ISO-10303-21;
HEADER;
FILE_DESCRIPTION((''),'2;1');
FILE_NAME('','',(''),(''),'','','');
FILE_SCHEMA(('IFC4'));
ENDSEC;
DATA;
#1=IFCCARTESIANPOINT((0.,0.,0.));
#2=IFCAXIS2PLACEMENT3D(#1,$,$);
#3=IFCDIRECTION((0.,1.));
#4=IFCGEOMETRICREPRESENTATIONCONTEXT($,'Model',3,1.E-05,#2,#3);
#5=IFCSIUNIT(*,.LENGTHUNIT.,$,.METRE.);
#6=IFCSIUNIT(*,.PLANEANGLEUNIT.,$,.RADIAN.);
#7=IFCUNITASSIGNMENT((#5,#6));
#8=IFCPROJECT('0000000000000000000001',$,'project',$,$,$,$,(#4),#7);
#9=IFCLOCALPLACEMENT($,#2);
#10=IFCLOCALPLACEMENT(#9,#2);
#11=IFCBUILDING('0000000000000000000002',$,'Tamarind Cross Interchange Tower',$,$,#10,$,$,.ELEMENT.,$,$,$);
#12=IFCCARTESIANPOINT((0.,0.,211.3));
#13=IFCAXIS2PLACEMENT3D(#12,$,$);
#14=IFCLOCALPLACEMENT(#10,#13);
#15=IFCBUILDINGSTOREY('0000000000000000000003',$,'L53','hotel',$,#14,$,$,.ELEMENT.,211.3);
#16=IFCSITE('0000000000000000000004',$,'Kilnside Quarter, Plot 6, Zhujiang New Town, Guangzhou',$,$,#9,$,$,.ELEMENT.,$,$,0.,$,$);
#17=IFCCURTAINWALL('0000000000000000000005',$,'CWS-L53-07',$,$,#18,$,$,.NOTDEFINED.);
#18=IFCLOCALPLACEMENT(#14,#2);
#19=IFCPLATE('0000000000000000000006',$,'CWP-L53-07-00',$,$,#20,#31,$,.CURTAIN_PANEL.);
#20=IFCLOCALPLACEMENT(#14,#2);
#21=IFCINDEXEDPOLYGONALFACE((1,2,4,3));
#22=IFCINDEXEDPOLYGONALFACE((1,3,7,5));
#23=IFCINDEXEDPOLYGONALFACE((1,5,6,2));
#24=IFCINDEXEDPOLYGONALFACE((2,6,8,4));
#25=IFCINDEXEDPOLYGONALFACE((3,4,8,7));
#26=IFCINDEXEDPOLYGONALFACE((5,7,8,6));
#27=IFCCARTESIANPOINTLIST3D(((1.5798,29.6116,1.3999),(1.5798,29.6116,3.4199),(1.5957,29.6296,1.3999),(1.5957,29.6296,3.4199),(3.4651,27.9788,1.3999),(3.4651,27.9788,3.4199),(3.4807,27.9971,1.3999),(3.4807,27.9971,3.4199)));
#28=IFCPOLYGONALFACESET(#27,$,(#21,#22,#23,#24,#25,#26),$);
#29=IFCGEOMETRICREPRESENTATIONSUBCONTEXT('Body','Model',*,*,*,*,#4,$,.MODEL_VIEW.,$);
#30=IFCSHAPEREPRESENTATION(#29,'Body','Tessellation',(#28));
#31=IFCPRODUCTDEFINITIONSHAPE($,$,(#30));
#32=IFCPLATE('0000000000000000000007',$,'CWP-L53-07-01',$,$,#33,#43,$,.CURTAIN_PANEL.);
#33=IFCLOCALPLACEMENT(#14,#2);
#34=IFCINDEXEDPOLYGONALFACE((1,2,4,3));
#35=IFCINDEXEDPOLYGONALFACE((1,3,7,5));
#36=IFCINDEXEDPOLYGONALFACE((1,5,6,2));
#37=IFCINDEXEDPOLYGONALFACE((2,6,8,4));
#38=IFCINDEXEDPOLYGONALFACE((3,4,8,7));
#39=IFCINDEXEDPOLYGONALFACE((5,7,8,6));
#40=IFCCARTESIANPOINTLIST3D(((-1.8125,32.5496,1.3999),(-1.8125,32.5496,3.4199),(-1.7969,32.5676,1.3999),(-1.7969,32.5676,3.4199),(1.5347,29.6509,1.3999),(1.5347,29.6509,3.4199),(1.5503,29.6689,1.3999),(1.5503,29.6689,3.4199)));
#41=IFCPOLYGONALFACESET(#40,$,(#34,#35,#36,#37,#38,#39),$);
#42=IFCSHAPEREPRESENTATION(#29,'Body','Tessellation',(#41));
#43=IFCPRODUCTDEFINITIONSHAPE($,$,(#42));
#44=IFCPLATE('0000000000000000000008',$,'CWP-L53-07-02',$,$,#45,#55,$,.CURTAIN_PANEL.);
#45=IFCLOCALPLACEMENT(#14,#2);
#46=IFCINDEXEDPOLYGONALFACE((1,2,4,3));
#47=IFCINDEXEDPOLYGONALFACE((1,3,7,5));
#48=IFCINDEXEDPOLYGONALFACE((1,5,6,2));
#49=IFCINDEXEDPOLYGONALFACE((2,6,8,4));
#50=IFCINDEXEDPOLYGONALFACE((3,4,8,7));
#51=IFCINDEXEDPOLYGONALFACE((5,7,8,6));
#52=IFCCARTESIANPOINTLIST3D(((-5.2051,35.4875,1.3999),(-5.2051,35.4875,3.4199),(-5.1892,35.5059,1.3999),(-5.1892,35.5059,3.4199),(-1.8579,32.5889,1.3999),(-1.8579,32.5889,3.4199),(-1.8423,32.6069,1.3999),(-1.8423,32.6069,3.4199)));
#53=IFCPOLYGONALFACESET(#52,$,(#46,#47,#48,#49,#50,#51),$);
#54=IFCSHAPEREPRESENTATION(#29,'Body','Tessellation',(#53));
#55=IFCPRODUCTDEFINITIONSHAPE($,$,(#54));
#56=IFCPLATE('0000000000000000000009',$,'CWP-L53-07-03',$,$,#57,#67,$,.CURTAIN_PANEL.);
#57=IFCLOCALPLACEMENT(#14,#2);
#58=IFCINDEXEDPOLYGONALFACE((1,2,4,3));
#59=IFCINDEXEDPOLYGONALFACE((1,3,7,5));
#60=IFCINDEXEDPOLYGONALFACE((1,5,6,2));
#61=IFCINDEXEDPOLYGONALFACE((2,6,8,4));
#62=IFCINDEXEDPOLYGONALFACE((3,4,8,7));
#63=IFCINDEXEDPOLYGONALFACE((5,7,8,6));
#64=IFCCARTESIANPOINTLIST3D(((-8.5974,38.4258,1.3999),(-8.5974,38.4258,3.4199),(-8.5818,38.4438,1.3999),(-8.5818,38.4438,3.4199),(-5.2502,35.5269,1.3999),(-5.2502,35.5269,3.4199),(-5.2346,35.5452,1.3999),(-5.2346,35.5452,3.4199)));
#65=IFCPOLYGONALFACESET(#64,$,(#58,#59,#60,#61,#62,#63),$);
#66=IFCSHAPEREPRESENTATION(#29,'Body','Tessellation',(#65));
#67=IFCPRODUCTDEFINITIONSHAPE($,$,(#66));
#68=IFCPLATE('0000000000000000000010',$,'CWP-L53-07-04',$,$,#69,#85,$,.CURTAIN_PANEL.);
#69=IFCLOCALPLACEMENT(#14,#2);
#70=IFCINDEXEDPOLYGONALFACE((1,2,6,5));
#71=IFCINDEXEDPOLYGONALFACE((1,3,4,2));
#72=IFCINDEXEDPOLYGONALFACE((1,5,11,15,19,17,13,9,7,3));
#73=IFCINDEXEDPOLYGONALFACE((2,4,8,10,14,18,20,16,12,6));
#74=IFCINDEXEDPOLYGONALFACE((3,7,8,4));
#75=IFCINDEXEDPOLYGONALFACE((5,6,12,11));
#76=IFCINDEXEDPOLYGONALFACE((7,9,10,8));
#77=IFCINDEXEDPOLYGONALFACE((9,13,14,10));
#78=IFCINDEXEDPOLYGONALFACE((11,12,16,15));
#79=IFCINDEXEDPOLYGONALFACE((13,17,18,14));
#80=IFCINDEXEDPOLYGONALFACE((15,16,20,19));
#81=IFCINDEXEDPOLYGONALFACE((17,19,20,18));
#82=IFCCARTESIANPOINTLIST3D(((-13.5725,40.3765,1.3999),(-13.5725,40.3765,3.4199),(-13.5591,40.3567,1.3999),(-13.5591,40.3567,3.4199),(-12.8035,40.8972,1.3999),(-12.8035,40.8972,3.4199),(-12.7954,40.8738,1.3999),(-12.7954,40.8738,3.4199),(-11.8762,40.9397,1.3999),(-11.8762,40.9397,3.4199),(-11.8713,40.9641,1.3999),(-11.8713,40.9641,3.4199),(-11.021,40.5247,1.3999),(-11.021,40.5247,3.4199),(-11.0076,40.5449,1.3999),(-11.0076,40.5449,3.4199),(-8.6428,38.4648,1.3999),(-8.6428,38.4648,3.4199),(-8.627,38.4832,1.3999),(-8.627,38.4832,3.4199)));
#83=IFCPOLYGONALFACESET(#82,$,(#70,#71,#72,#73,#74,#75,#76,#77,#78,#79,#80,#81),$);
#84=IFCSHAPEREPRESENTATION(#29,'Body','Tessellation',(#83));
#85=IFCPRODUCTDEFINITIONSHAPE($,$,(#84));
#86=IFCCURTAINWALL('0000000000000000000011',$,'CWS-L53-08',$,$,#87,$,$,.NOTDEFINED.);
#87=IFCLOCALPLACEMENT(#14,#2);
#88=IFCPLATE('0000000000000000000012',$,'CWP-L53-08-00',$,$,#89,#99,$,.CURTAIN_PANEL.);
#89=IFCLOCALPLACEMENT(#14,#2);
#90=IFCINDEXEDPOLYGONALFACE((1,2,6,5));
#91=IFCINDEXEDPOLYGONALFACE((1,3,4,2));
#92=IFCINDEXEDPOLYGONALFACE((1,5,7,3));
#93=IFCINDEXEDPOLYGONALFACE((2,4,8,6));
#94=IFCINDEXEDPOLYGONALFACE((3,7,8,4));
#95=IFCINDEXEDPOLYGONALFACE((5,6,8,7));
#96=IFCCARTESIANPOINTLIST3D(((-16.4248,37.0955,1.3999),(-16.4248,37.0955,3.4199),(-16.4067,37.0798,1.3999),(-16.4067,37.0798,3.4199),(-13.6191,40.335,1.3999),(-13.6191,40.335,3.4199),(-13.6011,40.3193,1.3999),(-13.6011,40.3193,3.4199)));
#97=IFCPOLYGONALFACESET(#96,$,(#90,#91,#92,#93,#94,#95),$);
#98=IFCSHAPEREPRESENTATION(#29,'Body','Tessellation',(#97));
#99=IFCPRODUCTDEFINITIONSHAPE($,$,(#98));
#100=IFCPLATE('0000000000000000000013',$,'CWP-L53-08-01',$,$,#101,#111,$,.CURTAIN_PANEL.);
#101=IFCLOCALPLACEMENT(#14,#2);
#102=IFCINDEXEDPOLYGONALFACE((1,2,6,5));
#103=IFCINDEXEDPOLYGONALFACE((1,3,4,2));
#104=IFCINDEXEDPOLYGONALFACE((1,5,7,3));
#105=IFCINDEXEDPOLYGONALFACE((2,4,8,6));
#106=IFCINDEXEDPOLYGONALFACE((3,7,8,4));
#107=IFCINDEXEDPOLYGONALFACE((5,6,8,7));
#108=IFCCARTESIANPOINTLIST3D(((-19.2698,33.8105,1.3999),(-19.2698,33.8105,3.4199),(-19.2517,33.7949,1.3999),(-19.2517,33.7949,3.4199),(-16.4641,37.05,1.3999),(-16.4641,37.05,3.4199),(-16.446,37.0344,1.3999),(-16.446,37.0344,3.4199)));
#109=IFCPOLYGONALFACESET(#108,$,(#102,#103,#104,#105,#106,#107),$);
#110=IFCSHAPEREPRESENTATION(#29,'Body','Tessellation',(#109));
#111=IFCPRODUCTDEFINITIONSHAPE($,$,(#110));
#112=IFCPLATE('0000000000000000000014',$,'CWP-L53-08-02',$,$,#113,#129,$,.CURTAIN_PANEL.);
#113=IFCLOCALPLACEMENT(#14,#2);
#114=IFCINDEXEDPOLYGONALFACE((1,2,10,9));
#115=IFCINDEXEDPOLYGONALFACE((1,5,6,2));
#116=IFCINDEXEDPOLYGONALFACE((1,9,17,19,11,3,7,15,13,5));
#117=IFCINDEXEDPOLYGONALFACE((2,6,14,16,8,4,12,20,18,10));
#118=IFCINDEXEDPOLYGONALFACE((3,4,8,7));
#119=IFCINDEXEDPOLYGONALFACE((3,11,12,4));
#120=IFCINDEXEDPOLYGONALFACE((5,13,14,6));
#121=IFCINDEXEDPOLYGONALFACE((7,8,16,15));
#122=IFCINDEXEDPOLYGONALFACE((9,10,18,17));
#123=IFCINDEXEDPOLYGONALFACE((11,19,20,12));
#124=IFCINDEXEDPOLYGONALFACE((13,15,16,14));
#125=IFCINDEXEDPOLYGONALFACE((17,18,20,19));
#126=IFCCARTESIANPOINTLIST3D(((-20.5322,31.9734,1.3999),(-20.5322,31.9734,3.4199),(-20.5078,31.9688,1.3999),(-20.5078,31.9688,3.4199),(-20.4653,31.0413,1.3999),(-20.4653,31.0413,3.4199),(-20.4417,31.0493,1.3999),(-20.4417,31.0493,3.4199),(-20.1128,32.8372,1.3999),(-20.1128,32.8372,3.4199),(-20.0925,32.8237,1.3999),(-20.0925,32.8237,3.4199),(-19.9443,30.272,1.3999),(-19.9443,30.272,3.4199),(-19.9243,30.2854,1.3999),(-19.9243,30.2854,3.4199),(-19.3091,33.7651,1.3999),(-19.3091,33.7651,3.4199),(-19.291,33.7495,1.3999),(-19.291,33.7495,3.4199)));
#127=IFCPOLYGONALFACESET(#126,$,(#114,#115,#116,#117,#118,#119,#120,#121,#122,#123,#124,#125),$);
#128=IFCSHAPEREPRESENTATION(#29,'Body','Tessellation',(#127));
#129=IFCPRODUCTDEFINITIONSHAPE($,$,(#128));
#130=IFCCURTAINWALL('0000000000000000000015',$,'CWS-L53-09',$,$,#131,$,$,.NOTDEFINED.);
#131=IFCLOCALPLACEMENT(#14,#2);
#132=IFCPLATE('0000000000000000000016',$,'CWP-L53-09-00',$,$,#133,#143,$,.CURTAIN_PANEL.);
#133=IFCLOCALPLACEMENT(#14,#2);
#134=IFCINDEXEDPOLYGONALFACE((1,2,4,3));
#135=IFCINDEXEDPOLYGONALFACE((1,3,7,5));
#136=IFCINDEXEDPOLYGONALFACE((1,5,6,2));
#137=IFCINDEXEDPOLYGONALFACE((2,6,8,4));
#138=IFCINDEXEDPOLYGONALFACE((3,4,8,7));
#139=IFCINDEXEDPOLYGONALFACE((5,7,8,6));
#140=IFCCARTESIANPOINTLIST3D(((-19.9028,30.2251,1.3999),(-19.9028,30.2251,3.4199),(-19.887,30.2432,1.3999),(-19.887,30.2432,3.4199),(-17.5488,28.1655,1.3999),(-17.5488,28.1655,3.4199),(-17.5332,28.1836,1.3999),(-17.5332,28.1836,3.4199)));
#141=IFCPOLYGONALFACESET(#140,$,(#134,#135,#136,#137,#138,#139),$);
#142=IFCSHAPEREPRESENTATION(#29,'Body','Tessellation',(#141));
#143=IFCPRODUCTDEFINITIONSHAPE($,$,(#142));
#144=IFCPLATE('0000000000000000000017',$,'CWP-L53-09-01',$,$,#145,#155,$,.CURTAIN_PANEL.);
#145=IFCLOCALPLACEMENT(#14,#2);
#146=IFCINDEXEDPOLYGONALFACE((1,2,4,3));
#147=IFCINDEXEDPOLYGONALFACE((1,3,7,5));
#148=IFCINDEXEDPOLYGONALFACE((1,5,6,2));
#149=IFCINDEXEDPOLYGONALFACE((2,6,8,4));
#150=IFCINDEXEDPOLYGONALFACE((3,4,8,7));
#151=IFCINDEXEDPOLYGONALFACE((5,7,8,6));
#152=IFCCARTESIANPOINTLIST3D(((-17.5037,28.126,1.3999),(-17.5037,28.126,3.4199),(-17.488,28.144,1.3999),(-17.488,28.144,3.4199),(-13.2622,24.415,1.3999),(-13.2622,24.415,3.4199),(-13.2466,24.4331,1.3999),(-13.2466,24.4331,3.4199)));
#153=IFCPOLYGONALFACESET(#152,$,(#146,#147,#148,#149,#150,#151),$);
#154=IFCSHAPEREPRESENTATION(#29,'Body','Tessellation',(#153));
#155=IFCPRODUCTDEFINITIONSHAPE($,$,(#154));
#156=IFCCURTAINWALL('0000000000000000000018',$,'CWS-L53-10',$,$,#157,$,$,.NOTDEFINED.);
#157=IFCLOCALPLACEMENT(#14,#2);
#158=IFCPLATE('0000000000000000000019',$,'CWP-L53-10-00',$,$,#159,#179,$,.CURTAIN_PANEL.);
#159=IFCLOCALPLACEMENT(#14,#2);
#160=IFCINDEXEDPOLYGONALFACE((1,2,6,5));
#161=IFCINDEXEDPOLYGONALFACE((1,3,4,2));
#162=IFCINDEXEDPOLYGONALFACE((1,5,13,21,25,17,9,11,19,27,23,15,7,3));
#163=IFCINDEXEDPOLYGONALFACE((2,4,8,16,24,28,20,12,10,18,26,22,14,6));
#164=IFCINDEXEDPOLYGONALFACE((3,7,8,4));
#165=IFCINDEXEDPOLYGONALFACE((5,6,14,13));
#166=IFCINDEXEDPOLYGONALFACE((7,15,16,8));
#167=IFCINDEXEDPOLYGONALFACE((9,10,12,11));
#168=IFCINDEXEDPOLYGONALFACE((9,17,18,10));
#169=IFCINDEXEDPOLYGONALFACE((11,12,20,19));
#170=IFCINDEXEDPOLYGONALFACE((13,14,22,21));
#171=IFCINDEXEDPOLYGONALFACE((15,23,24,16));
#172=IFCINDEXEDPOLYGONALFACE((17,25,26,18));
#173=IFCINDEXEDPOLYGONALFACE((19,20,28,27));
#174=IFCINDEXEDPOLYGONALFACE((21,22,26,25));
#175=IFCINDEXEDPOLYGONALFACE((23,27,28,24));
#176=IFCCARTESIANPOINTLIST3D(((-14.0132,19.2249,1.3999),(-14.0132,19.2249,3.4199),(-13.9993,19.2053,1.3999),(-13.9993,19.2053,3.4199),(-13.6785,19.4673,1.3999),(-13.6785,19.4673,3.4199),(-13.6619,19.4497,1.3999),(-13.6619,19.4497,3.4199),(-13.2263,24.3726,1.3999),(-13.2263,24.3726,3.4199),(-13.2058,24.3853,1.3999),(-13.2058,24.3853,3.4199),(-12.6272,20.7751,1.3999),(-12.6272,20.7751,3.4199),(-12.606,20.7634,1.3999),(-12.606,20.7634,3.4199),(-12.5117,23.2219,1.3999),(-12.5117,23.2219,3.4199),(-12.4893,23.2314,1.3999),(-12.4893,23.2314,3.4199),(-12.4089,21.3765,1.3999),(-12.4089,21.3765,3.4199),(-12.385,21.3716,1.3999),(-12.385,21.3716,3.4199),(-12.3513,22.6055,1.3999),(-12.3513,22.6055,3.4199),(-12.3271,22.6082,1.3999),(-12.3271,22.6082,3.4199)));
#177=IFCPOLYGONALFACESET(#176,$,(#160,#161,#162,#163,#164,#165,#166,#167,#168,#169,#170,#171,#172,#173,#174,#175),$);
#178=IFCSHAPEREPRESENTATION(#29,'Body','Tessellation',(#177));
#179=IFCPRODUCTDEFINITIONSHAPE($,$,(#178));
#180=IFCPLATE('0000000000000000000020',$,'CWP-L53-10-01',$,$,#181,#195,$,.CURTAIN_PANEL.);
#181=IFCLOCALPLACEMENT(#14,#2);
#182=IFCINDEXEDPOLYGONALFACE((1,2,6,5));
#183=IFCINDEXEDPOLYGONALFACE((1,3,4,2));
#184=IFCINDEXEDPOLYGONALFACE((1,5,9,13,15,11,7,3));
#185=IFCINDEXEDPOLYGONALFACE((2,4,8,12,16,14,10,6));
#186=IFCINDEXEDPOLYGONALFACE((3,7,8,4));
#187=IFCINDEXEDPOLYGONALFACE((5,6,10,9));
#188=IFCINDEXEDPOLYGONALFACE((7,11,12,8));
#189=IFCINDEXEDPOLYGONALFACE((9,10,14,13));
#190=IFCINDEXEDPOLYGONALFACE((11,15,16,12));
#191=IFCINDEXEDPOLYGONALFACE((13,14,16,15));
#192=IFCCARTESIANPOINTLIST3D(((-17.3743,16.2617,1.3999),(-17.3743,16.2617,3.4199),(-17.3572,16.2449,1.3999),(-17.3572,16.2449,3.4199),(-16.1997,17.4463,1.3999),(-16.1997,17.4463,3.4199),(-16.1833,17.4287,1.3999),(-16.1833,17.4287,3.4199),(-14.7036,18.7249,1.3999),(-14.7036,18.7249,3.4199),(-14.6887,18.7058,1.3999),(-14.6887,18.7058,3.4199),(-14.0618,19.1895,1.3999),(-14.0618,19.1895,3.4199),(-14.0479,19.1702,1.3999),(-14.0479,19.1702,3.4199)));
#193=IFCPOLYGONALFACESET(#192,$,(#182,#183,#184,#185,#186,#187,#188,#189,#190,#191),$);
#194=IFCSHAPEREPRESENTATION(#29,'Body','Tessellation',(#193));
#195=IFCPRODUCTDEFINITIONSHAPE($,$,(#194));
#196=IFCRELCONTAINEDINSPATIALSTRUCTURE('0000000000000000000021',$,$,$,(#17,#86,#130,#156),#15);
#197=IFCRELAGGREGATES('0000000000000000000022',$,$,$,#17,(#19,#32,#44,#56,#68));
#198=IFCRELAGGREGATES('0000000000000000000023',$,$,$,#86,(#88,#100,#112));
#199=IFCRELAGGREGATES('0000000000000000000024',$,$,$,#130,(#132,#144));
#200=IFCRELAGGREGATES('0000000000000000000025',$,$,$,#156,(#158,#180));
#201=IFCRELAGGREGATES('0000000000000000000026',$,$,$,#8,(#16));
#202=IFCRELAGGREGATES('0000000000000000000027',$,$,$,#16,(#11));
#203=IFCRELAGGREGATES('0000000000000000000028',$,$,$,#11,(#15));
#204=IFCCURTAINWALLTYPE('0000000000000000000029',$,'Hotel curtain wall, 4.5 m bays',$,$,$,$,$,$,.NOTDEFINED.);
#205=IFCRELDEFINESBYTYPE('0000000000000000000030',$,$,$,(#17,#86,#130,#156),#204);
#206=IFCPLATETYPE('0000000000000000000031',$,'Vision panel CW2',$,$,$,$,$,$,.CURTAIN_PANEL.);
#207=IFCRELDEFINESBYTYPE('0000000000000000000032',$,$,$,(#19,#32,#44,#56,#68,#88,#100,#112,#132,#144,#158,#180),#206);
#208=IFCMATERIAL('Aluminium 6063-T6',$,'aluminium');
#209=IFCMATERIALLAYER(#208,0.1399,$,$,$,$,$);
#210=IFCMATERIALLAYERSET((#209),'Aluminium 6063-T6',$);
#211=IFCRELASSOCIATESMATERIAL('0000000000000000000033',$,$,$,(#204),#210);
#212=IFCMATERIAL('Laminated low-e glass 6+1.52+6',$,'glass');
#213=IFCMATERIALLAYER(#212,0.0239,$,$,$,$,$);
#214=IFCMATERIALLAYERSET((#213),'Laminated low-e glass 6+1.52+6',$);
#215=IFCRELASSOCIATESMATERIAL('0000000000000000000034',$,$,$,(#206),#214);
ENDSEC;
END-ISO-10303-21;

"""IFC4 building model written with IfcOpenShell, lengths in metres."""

from ifc_helpers import new_model, si_unit, direction, frame, origin, place, context, subcontext, project, spatial, polyline, outline, extrude, material, layer, layer_set, type_object, element, aggregate, save


model = new_model("IFC4")

# Units and contexts
model_context = context("Model", 3, precision=1e-05, world=origin(), true_north=direction((0.0, 1.0)))
body_context = subcontext(model_context, "Body", "Model", "MODEL_VIEW")
ifc_project = project(units=[si_unit("LENGTHUNIT", "METRE"), si_unit("PLANEANGLEUNIT", "RADIAN")], contexts=[model_context])

# Site, building, storey
site_placement = place(None, origin())
site = spatial("IfcSite", under=ifc_project, at=site_placement, Name="Kilnside Quarter, Plot 6, Zhujiang New Town, Guangzhou", CompositionType="ELEMENT", RefElevation=0.0)
building_placement = place(site_placement, origin())
building = spatial("IfcBuilding", under=site, at=building_placement, Name="Tamarind Cross Interchange Tower", CompositionType="ELEMENT")
storey_placement = place(building_placement, frame((0.0, 0.0, 211.3)))
storey = spatial("IfcBuildingStorey", under=building, at=storey_placement, Name="L53", Description="hotel", CompositionType="ELEMENT", Elevation=211.3)

# Curtain walls, plates
ifc_material_1 = material(Name="Aluminium 6063-T6", Category="aluminium")
ifc_layer_1 = layer(ifc_material_1, 0.1399)
ifc_layer_set_1 = layer_set([ifc_layer_1], Name="Aluminium 6063-T6")
curtain_wall_type = type_object("IfcCurtainWallType", Name="Hotel curtain wall, 4.5 m bays", PredefinedType="NOTDEFINED", material=ifc_layer_set_1)
ifc_material_2 = material(Name="Laminated low-e glass 6+1.52+6", Category="glass")
ifc_layer_2 = layer(ifc_material_2, 0.0239)
ifc_layer_set_2 = layer_set([ifc_layer_2], Name="Laminated low-e glass 6+1.52+6")
plate_type = type_object("IfcPlateType", Name="Vision panel CW2", PredefinedType="CURTAIN_PANEL", material=ifc_layer_set_2)
curtain_wall_1_placement = place(storey_placement, origin())
curtain_wall_1 = element("IfcCurtainWall", 1, at=curtain_wall_1_placement, inside=storey, type_object=curtain_wall_type, Name="CWS-L53-07", PredefinedType="NOTDEFINED")
plate_1_placement = place(storey_placement, frame((0.0, 0.0, 1.3999)))
plate_1 = element("IfcPlate", 2, at=plate_1_placement, type_object=plate_type, Name="CWP-L53-07-00", PredefinedType="CURTAIN_PANEL", context=body_context, shape_type="SweptSolid", body=[
    extrude(outline(polyline([(3.4651, 27.9788), (1.5798, 29.6116), (1.5957, 29.6296), (3.4807, 27.9971), (3.4651, 27.9788)])), origin(), (0.0, 0.0, 1.0), 2.02),
])
plate_2_placement = place(storey_placement, frame((0.0, 0.0, 1.3999)))
plate_2 = element("IfcPlate", 3, at=plate_2_placement, type_object=plate_type, Name="CWP-L53-07-01", PredefinedType="CURTAIN_PANEL", context=body_context, shape_type="SweptSolid", body=[
    extrude(outline(polyline([(1.5347, 29.6509), (-1.8125, 32.5496), (-1.7969, 32.5676), (1.5503, 29.6689), (1.5347, 29.6509)])), origin(), (0.0, 0.0, 1.0), 2.02),
])
plate_3_placement = place(storey_placement, frame((0.0, 0.0, 1.3999)))
plate_3 = element("IfcPlate", 4, at=plate_3_placement, type_object=plate_type, Name="CWP-L53-07-02", PredefinedType="CURTAIN_PANEL", context=body_context, shape_type="SweptSolid", body=[
    extrude(outline(polyline([(-1.8579, 32.5889), (-5.2051, 35.4875), (-5.1892, 35.5059), (-1.8423, 32.6069), (-1.8579, 32.5889)])), origin(), (0.0, 0.0, 1.0), 2.02),
])
plate_4_placement = place(storey_placement, frame((0.0, 0.0, 1.3999)))
plate_4 = element("IfcPlate", 5, at=plate_4_placement, type_object=plate_type, Name="CWP-L53-07-03", PredefinedType="CURTAIN_PANEL", context=body_context, shape_type="SweptSolid", body=[
    extrude(outline(polyline([(-5.2502, 35.5269), (-8.5974, 38.4258), (-8.5818, 38.4438), (-5.2346, 35.5452), (-5.2502, 35.5269)])), origin(), (0.0, 0.0, 1.0), 2.02),
])
plate_5_placement = place(storey_placement, frame((0.0, 0.0, 1.3999)))
plate_5 = element("IfcPlate", 6, at=plate_5_placement, type_object=plate_type, Name="CWP-L53-07-04", PredefinedType="CURTAIN_PANEL", context=body_context, shape_type="SweptSolid", body=[
    extrude(outline(polyline([(-8.6428, 38.4648), (-11.021, 40.5247), (-11.8762, 40.9397), (-12.7954, 40.8738), (-13.5591, 40.3567), (-13.5725, 40.3765), (-12.8035, 40.8972), (-11.8713, 40.9641), (-11.0076, 40.5449), (-8.627, 38.4832), (-8.6428, 38.4648)])), origin(), (0.0, 0.0, 1.0), 2.02),
])
aggregate(curtain_wall_1, [plate_1, plate_2, plate_3, plate_4, plate_5])
curtain_wall_2_placement = place(storey_placement, origin())
curtain_wall_2 = element("IfcCurtainWall", 7, at=curtain_wall_2_placement, inside=storey, type_object=curtain_wall_type, Name="CWS-L53-08", PredefinedType="NOTDEFINED")
plate_6_placement = place(storey_placement, frame((0.0, 0.0, 1.3999)))
plate_6 = element("IfcPlate", 8, at=plate_6_placement, type_object=plate_type, Name="CWP-L53-08-00", PredefinedType="CURTAIN_PANEL", context=body_context, shape_type="SweptSolid", body=[
    extrude(outline(polyline([(-13.6011, 40.3193), (-16.4067, 37.0798), (-16.4248, 37.0955), (-13.6191, 40.335), (-13.6011, 40.3193)])), origin(), (0.0, 0.0, 1.0), 2.02),
])
plate_7_placement = place(storey_placement, frame((0.0, 0.0, 1.3999)))
plate_7 = element("IfcPlate", 9, at=plate_7_placement, type_object=plate_type, Name="CWP-L53-08-01", PredefinedType="CURTAIN_PANEL", context=body_context, shape_type="SweptSolid", body=[
    extrude(outline(polyline([(-16.446, 37.0344), (-19.2517, 33.7949), (-19.2698, 33.8105), (-16.4641, 37.05), (-16.446, 37.0344)])), origin(), (0.0, 0.0, 1.0), 2.02),
])
plate_8_placement = place(storey_placement, frame((0.0, 0.0, 1.3999)))
plate_8 = element("IfcPlate", 10, at=plate_8_placement, type_object=plate_type, Name="CWP-L53-08-02", PredefinedType="CURTAIN_PANEL", context=body_context, shape_type="SweptSolid", body=[
    extrude(outline(polyline([(-19.291, 33.7495), (-20.0925, 32.8237), (-20.5078, 31.9688), (-20.4417, 31.0493), (-19.9243, 30.2854), (-19.9443, 30.272), (-20.4653, 31.0413), (-20.5322, 31.9734), (-20.1128, 32.8372), (-19.3091, 33.7651), (-19.291, 33.7495)])), origin(), (0.0, 0.0, 1.0), 2.02),
])
aggregate(curtain_wall_2, [plate_6, plate_7, plate_8])
curtain_wall_3_placement = place(storey_placement, origin())
curtain_wall_3 = element("IfcCurtainWall", 11, at=curtain_wall_3_placement, inside=storey, type_object=curtain_wall_type, Name="CWS-L53-09", PredefinedType="NOTDEFINED")
plate_9_placement = place(storey_placement, frame((0.0, 0.0, 1.3999)))
plate_9 = element("IfcPlate", 12, at=plate_9_placement, type_object=plate_type, Name="CWP-L53-09-00", PredefinedType="CURTAIN_PANEL", context=body_context, shape_type="SweptSolid", body=[
    extrude(outline(polyline([(-19.887, 30.2432), (-17.5332, 28.1836), (-17.5488, 28.1655), (-19.9028, 30.2251), (-19.887, 30.2432)])), origin(), (0.0, 0.0, 1.0), 2.02),
])
plate_10_placement = place(storey_placement, frame((0.0, 0.0, 1.3999)))
plate_10 = element("IfcPlate", 13, at=plate_10_placement, type_object=plate_type, Name="CWP-L53-09-01", PredefinedType="CURTAIN_PANEL", context=body_context, shape_type="SweptSolid", body=[
    extrude(outline(polyline([(-17.488, 28.144), (-13.2466, 24.4331), (-13.2622, 24.415), (-17.5037, 28.126), (-17.488, 28.144)])), origin(), (0.0, 0.0, 1.0), 2.02),
])
aggregate(curtain_wall_3, [plate_9, plate_10])
curtain_wall_4_placement = place(storey_placement, origin())
curtain_wall_4 = element("IfcCurtainWall", 14, at=curtain_wall_4_placement, inside=storey, type_object=curtain_wall_type, Name="CWS-L53-10", PredefinedType="NOTDEFINED")
plate_11_placement = place(storey_placement, frame((0.0, 0.0, 1.3999)))
plate_11 = element("IfcPlate", 15, at=plate_11_placement, type_object=plate_type, Name="CWP-L53-10-00", PredefinedType="CURTAIN_PANEL", context=body_context, shape_type="SweptSolid", body=[
    extrude(outline(polyline([(-13.2058, 24.3853), (-12.4893, 23.2314), (-12.3271, 22.6082), (-12.385, 21.3716), (-12.606, 20.7634), (-13.6619, 19.4497), (-13.9993, 19.2053), (-14.0132, 19.2249), (-13.6785, 19.4673), (-12.6272, 20.7751), (-12.4089, 21.3765), (-12.3513, 22.6055), (-12.5117, 23.2219), (-13.2263, 24.3726), (-13.2058, 24.3853)])), origin(), (0.0, 0.0, 1.0), 2.02),
])
plate_12_placement = place(storey_placement, frame((0.0, 0.0, 1.3999)))
plate_12 = element("IfcPlate", 16, at=plate_12_placement, type_object=plate_type, Name="CWP-L53-10-01", PredefinedType="CURTAIN_PANEL", context=body_context, shape_type="SweptSolid", body=[
    extrude(outline(polyline([(-14.0479, 19.1702), (-14.6887, 18.7058), (-16.1833, 17.4287), (-17.3572, 16.2449), (-17.3743, 16.2617), (-16.1997, 17.4463), (-14.7036, 18.7249), (-14.0618, 19.1895), (-14.0479, 19.1702)])), origin(), (0.0, 0.0, 1.0), 2.02),
])
aggregate(curtain_wall_4, [plate_11, plate_12])

save(model, "model.ifc")
